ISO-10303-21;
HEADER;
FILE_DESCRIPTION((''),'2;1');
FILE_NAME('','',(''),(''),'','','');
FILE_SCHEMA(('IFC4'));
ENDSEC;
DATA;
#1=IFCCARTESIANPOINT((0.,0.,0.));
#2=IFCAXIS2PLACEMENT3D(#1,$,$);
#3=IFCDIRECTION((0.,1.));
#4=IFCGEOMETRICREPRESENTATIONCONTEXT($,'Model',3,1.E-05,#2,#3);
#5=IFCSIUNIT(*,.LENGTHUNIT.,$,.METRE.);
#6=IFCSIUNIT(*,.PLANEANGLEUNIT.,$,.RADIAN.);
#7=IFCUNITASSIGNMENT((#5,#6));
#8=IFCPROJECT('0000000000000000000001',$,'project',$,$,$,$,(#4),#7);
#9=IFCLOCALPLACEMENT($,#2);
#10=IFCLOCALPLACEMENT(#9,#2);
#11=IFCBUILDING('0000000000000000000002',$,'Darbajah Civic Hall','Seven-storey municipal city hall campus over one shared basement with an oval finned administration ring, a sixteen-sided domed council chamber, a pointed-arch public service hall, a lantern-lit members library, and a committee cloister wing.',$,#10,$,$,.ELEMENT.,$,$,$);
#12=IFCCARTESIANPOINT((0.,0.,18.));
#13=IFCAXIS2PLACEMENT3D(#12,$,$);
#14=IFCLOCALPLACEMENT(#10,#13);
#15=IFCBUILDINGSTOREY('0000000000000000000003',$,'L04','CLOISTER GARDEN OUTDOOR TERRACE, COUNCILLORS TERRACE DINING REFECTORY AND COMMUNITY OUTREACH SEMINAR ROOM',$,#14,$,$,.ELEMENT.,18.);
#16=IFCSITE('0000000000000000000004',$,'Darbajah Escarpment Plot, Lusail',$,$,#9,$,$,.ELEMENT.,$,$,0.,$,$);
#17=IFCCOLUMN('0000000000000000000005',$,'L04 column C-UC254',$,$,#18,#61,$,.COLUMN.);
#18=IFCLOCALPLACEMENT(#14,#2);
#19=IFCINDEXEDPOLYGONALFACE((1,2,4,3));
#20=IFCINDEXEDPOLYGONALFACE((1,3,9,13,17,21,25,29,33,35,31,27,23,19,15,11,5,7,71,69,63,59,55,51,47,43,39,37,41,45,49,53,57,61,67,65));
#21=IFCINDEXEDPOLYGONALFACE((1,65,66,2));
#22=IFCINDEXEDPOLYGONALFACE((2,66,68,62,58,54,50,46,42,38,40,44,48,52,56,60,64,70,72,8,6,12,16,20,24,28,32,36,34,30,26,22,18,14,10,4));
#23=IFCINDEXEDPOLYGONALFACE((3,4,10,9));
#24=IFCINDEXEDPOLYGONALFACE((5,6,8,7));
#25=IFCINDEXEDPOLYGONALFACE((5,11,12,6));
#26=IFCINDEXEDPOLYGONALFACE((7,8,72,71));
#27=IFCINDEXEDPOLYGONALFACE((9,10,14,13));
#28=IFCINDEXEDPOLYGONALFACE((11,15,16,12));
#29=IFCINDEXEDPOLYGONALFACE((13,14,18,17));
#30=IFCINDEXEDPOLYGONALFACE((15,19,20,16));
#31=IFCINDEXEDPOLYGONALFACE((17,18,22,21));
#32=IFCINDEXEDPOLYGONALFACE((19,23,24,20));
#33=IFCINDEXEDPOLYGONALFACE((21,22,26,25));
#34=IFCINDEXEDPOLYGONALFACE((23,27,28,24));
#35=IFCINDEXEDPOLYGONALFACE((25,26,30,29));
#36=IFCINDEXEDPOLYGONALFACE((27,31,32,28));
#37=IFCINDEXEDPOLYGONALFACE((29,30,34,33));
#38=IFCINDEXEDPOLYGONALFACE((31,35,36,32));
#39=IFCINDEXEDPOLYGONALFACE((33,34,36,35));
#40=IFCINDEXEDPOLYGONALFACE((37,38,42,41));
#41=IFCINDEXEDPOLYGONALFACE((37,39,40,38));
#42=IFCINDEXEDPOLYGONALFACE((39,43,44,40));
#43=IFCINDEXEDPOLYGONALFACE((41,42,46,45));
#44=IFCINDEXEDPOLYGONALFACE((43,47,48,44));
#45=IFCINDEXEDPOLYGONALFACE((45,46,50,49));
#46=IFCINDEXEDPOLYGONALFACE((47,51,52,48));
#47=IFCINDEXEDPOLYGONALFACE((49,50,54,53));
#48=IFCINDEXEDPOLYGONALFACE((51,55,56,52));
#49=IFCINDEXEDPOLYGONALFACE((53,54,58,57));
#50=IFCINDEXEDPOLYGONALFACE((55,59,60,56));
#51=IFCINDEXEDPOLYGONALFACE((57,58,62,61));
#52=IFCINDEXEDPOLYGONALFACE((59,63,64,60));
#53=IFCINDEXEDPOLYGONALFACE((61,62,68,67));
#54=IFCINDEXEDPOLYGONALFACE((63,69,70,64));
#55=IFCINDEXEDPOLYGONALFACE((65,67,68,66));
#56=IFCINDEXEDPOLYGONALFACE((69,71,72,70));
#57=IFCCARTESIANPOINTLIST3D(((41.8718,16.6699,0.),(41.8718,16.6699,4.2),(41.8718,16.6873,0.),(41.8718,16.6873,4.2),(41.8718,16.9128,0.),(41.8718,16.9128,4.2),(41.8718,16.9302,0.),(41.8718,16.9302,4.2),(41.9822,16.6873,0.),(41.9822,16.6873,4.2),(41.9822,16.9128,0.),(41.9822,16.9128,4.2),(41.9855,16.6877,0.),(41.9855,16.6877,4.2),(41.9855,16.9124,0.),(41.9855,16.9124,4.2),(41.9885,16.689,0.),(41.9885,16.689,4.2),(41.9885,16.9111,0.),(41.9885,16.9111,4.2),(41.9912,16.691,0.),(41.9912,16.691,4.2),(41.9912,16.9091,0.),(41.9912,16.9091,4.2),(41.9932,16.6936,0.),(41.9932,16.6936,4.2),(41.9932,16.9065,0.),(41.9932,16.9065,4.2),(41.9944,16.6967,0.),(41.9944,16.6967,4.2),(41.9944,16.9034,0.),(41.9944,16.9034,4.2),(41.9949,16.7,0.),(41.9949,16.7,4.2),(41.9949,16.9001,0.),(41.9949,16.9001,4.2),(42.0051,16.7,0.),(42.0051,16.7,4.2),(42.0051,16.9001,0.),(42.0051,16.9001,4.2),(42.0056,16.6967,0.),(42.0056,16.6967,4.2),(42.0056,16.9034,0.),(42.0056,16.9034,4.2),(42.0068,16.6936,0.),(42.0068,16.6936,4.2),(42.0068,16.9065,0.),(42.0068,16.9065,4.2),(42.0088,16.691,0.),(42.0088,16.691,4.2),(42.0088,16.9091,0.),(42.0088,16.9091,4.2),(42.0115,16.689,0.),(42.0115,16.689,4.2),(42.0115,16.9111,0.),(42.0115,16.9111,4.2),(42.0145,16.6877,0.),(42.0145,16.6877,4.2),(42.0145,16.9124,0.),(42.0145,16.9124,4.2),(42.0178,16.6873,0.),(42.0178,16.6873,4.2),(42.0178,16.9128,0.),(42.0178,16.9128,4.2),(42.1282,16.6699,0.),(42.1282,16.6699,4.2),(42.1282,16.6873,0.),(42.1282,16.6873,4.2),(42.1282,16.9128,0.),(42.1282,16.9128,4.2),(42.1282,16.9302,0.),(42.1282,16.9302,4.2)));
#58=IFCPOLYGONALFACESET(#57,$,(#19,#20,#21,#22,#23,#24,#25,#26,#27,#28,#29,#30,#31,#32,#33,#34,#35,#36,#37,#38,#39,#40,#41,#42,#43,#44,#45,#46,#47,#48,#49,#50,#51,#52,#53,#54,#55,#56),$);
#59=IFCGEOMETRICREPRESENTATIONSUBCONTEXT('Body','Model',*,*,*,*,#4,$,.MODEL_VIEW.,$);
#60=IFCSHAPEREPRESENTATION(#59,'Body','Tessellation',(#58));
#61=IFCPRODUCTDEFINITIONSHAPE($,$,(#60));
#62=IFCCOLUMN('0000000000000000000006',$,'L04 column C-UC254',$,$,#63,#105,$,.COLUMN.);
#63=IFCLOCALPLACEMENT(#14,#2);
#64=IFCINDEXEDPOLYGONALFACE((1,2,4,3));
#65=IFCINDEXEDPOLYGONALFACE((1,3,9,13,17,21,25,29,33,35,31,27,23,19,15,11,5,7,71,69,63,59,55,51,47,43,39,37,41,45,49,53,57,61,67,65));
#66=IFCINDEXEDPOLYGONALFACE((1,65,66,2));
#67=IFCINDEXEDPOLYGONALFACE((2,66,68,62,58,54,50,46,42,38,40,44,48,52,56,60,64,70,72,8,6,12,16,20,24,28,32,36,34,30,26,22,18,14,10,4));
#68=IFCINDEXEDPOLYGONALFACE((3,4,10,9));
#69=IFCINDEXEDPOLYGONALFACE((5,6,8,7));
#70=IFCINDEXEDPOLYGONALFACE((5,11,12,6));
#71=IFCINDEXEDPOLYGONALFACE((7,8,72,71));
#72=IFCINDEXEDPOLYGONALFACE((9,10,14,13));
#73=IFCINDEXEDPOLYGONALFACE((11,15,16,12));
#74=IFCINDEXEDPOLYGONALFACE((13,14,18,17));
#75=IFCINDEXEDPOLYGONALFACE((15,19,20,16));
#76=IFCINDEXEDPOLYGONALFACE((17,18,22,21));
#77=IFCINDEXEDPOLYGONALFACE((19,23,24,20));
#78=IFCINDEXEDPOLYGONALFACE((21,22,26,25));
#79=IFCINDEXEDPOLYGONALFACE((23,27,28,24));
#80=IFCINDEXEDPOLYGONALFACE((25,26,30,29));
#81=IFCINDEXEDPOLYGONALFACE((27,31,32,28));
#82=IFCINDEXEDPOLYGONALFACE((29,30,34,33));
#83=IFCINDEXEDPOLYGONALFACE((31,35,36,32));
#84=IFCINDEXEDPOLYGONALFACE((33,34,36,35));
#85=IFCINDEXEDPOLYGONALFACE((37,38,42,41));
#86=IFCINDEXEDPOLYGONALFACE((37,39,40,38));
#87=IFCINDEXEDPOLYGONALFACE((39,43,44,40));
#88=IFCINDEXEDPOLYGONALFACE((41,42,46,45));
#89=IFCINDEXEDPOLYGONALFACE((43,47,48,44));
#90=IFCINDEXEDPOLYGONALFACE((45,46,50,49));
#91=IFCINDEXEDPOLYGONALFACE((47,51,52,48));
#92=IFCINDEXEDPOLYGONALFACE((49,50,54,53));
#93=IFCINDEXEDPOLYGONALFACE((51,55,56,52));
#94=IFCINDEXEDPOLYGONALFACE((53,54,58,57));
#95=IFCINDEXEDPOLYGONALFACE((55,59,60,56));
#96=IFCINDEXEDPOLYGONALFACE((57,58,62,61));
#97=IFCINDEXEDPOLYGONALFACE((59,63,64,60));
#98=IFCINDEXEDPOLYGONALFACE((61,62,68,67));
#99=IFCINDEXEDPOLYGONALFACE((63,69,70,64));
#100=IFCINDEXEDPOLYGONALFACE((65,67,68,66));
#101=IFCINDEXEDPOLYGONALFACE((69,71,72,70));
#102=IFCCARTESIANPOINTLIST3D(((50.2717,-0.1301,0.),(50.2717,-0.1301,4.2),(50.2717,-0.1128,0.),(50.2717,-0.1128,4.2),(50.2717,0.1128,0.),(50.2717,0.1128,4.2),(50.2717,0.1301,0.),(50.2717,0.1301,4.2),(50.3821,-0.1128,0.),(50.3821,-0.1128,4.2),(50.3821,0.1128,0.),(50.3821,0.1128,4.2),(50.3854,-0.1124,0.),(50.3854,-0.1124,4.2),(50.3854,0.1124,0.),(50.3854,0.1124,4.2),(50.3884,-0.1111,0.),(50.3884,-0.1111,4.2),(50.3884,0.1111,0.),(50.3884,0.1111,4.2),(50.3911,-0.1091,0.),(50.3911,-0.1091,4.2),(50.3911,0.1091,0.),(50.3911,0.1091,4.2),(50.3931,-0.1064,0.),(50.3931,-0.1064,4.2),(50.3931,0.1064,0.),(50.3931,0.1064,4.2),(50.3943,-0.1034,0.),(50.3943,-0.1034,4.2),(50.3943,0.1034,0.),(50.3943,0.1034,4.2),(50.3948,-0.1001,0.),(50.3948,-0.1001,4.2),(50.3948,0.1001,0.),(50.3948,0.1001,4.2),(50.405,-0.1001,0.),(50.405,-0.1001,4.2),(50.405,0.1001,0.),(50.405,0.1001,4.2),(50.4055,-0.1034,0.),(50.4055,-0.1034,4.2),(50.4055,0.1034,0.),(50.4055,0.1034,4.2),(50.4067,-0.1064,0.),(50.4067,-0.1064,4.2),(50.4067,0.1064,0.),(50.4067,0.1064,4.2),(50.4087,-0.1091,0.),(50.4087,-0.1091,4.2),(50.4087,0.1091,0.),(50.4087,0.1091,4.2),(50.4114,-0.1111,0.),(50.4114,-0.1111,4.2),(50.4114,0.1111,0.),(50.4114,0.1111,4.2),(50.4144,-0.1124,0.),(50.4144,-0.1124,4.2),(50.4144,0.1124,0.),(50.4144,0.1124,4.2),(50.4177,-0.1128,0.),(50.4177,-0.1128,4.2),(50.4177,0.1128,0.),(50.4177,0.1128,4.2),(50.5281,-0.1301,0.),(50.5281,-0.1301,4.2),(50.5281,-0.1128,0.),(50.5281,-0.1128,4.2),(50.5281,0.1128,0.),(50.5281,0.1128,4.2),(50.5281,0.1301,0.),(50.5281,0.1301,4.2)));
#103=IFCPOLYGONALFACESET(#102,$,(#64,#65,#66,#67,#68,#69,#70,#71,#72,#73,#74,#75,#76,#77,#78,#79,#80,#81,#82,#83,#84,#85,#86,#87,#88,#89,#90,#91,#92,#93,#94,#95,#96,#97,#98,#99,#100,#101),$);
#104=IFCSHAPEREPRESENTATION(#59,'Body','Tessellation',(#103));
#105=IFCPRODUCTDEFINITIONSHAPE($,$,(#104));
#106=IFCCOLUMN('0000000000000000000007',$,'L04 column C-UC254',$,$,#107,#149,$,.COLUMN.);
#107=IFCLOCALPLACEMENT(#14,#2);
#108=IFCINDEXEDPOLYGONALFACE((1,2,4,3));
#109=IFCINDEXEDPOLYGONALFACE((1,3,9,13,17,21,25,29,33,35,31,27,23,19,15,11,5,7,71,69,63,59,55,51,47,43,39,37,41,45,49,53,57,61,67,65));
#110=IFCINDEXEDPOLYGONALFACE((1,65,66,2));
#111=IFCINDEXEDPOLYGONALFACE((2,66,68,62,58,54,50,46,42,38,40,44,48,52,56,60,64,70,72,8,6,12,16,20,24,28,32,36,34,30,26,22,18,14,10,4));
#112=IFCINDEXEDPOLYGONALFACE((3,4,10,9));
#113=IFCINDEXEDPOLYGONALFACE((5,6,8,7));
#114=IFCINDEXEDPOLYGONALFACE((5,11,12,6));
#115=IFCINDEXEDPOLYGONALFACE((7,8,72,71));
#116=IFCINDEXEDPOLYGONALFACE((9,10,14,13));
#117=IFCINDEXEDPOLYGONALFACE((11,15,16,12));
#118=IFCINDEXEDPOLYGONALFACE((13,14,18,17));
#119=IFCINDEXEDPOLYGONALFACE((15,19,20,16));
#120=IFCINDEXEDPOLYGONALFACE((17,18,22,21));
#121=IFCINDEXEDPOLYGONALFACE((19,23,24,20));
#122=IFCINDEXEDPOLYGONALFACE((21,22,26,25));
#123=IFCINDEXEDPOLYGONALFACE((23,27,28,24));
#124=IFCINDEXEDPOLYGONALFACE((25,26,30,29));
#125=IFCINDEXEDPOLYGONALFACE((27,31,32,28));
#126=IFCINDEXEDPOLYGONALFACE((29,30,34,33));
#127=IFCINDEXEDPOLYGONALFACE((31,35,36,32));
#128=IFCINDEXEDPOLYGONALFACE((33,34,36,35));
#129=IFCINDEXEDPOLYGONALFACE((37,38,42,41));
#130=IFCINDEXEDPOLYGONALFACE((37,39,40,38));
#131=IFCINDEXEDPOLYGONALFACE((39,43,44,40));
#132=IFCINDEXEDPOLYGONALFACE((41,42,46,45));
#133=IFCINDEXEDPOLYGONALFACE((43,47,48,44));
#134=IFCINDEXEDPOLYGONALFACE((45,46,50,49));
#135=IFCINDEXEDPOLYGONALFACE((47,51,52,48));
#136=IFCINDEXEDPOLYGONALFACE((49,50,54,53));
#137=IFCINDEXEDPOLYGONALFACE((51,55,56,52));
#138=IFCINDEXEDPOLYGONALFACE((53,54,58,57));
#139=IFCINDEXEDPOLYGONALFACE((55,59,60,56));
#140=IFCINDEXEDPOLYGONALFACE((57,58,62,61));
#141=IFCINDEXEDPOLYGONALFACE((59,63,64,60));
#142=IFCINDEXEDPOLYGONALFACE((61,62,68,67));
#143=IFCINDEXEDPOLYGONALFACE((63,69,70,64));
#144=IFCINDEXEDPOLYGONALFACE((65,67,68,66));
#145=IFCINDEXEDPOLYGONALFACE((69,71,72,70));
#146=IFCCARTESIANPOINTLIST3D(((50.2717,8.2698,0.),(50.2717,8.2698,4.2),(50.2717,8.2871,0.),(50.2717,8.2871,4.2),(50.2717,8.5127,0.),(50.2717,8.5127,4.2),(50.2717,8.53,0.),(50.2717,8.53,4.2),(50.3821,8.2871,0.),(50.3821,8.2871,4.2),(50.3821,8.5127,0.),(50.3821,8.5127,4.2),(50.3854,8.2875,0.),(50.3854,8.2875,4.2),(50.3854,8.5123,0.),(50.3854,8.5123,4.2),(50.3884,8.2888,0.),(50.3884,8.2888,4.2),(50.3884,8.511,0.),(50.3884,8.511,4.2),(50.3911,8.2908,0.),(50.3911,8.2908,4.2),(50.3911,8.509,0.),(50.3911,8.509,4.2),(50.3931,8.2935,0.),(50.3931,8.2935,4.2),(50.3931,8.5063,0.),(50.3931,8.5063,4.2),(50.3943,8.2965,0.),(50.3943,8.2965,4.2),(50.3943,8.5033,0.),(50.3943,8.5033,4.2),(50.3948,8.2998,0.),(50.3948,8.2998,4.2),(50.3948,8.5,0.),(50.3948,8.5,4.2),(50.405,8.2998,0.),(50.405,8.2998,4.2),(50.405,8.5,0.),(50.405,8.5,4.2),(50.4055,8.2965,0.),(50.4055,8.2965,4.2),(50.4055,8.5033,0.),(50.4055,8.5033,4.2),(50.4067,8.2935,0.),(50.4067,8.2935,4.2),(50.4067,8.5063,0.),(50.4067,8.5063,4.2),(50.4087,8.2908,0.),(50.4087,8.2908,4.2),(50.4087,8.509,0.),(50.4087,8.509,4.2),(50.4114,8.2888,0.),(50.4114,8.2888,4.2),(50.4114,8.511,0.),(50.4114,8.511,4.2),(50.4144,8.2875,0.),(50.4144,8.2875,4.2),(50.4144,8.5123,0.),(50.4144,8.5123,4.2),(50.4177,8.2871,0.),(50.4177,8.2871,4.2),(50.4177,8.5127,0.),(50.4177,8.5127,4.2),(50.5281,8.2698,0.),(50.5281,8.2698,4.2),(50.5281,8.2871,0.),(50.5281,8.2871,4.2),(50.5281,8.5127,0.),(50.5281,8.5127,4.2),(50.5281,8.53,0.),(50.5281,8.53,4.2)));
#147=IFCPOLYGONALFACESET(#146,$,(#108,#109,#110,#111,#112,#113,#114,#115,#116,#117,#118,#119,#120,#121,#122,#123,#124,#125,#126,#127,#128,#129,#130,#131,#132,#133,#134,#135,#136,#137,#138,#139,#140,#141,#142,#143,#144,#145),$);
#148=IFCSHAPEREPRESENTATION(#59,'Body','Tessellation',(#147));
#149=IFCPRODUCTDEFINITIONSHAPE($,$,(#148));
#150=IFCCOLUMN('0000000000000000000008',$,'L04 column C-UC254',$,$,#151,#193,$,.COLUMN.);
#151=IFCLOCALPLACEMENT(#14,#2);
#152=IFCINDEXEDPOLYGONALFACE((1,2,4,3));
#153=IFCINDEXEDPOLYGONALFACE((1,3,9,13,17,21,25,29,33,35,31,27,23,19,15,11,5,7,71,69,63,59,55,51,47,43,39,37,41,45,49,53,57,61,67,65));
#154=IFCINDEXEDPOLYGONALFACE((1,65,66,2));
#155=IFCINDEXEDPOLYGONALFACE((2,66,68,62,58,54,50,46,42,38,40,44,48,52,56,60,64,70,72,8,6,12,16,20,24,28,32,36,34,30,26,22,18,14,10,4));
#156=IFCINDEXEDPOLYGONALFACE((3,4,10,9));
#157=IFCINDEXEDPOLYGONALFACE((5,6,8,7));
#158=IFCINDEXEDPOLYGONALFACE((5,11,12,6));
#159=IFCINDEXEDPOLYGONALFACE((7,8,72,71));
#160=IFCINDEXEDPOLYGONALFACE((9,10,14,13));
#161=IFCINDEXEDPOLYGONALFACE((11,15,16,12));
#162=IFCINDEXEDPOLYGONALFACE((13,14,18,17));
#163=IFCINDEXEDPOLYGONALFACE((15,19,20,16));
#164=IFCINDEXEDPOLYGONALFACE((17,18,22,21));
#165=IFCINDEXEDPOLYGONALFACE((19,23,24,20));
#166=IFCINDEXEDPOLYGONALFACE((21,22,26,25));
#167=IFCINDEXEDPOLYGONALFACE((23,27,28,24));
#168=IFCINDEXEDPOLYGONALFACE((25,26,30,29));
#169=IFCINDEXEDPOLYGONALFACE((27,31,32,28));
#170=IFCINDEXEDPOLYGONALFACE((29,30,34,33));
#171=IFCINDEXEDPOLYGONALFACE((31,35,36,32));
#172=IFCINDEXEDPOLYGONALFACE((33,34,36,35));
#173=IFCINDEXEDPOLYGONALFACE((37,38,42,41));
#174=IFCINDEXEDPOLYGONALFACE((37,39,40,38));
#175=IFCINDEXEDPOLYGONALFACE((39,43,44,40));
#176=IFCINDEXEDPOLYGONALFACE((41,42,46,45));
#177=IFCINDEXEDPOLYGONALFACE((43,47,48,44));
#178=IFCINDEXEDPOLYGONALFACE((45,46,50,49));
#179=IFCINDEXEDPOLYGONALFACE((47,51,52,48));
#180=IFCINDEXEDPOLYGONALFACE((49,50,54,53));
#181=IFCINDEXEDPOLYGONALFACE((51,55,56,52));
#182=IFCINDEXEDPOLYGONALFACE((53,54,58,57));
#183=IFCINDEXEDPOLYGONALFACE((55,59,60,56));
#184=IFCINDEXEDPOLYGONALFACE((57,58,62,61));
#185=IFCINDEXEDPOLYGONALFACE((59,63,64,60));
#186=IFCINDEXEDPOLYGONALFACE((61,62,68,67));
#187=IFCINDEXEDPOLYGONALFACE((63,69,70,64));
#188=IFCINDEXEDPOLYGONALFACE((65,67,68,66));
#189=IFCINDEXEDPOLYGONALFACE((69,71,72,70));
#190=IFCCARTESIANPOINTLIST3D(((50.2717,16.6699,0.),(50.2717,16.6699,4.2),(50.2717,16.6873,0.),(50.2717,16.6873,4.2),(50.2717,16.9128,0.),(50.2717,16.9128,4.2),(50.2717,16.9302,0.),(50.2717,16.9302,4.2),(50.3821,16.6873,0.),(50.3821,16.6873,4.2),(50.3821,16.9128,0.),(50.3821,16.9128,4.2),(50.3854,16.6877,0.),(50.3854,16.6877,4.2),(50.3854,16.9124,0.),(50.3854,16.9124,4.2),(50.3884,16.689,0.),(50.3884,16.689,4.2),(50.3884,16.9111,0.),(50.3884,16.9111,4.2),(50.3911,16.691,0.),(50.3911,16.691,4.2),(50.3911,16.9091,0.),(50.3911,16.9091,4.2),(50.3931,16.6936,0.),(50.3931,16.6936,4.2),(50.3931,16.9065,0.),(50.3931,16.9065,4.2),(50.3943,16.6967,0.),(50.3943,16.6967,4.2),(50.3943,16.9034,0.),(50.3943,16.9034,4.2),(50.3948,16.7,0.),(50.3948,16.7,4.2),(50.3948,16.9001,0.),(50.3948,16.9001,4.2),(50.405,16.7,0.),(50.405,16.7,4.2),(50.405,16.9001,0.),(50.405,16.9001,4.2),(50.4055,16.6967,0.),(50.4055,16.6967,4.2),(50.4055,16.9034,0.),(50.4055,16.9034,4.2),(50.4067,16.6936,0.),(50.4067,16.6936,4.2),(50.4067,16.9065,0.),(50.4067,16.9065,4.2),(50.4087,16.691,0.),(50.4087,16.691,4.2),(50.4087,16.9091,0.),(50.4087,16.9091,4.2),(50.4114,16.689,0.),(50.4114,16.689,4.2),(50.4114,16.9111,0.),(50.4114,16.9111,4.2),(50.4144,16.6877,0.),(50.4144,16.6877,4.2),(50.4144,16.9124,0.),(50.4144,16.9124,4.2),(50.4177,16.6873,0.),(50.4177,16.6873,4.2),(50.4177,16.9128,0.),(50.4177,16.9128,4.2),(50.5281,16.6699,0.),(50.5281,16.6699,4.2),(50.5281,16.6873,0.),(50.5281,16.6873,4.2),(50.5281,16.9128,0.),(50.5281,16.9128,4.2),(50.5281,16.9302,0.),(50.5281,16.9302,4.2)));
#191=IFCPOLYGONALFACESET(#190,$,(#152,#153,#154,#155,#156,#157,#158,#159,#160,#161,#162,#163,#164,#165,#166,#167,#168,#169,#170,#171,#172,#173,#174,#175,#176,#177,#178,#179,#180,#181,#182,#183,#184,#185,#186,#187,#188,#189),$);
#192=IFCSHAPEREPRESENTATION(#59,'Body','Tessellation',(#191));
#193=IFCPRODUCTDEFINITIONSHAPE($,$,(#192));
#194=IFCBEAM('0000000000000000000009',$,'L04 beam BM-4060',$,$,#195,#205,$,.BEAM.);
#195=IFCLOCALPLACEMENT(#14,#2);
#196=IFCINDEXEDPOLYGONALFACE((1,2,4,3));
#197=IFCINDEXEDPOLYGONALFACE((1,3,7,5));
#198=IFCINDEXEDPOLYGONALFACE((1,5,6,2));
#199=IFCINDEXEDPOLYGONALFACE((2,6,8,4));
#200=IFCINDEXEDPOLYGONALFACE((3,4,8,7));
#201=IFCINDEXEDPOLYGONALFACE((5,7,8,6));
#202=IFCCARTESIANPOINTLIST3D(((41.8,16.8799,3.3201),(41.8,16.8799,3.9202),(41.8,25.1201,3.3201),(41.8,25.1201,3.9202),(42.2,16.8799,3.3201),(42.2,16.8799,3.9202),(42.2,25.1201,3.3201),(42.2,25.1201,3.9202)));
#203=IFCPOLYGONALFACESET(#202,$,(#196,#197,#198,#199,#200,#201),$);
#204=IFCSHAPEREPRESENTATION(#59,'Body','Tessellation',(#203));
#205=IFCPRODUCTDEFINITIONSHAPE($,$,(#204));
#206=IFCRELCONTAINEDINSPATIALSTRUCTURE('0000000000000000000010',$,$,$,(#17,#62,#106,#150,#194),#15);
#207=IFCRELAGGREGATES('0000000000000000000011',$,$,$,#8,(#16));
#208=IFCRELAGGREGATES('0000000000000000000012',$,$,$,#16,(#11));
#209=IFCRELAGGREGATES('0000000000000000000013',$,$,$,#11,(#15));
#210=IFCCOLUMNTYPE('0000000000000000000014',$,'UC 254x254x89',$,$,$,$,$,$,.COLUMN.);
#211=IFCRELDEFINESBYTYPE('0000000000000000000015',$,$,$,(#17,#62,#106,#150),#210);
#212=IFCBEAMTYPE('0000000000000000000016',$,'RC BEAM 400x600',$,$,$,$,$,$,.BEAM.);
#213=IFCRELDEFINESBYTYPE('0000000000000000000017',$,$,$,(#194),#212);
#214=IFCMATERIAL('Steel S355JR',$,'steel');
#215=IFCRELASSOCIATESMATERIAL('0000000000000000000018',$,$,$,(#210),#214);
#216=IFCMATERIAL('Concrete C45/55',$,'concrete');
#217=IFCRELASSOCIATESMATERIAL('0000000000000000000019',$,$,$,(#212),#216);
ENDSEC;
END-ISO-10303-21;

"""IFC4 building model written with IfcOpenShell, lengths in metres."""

from ifc_helpers import new_model, si_unit, direction, frame, origin, origin_2d, place, context, subcontext, project, spatial, rectangle, i_section, extrude, material, material_profile, profile_set, type_object, element, save


model = new_model("IFC4")

# Units and contexts
model_context = context("Model", 3, precision=1e-05, world=origin(), true_north=direction((0.0, 1.0)))
body_context = subcontext(model_context, "Body", "Model", "MODEL_VIEW")
ifc_project = project(units=[si_unit("LENGTHUNIT", "METRE"), si_unit("PLANEANGLEUNIT", "RADIAN")], contexts=[model_context])

# Site, building, storey
site_placement = place(None, origin())
site = spatial("IfcSite", under=ifc_project, at=site_placement, Name="Darbajah Escarpment Plot, Lusail", CompositionType="ELEMENT", RefElevation=0.0)
building_placement = place(site_placement, origin())
building = spatial("IfcBuilding", under=site, at=building_placement, Name="Darbajah Civic Hall", Description="Seven-storey municipal city hall campus over one shared basement with an oval finned administration ring, a sixteen-sided domed council chamber, a pointed-arch public service hall, a lantern-lit members library, and a committee cloister wing.", CompositionType="ELEMENT")
storey_placement = place(building_placement, frame((0.0, 0.0, 18.0)))
storey = spatial("IfcBuildingStorey", under=building, at=storey_placement, Name="L04", Description="CLOISTER GARDEN OUTDOOR TERRACE, COUNCILLORS TERRACE DINING REFECTORY AND COMMUNITY OUTREACH SEMINAR ROOM", CompositionType="ELEMENT", Elevation=18.0)

# Columns
ifc_material_1 = material(Name="Steel S355JR", Category="steel")
ifc_material_profile_1 = material_profile(ifc_material_1, i_section(OverallWidth=0.2563, OverallDepth=0.2603, WebThickness=0.0103, FlangeThickness=0.0173, FilletRadius=0.0127, at=origin_2d()), Name="UC 254x254x89")
ifc_profile_set_1 = profile_set([ifc_material_profile_1], Name="Steel S355JR")
column_type = type_object("IfcColumnType", Name="UC 254x254x89", PredefinedType="COLUMN", material=ifc_profile_set_1)
for number, where, z_axis, x_axis, name in (
    (1, (42.0, 16.8, 0.0), (0.0, 0.0, 1.0), (1.0, 0.0, 0.0), "L04 column C-UC254"),
    (2, (50.3999, 0.0, 0.0), (0.0, 0.0, 1.0), (1.0, 0.0, 0.0), "L04 column C-UC254"),
    (3, (50.3999, 8.3999, 0.0), (0.0, 0.0, 1.0), (1.0, 0.0, 0.0), "L04 column C-UC254"),
    (4, (50.3999, 16.8, 0.0), (0.0, 0.0, 1.0), (1.0, 0.0, 0.0), "L04 column C-UC254"),
):
    element("IfcColumn", number, at=place(storey_placement, frame(where, z_axis=z_axis, x_axis=x_axis)), inside=storey, type_object=column_type, Name=name, PredefinedType="COLUMN", context=body_context, shape_type="SweptSolid", body=[
        extrude(i_section(OverallWidth=0.2563, OverallDepth=0.2603, WebThickness=0.0103, FlangeThickness=0.0173, FilletRadius=0.0127, at=origin_2d()), origin(), (0.0, 0.0, 1.0), 4.2),
    ])

# Beam
ifc_material_2 = material(Name="Concrete C45/55", Category="concrete")
ifc_material_profile_2 = material_profile(ifc_material_2, rectangle(XDim=0.3999, YDim=0.6001, at=origin_2d()), Name="RC BEAM 400x600")
ifc_profile_set_2 = profile_set([ifc_material_profile_2], Name="Concrete C45/55")
beam_type_1 = type_object("IfcBeamType", Name="RC BEAM 400x600", PredefinedType="BEAM", material=ifc_profile_set_2)
beam_1_placement = place(storey_placement, frame((42.0, 16.8799, 3.6201), z_axis=(0.0, 1.0, 0.0), x_axis=(-1.0, 0.0, 0.0)))
element("IfcBeam", 5, at=beam_1_placement, inside=storey, type_object=beam_type_1, Name="L04 beam BM-4060", PredefinedType="BEAM", context=body_context, shape_type="SweptSolid", body=[
    extrude(rectangle(XDim=0.3999, YDim=0.6001, at=origin_2d()), origin(), (0.0, 0.0, 1.0), 8.2402),
])

save(model, "model.ifc")
